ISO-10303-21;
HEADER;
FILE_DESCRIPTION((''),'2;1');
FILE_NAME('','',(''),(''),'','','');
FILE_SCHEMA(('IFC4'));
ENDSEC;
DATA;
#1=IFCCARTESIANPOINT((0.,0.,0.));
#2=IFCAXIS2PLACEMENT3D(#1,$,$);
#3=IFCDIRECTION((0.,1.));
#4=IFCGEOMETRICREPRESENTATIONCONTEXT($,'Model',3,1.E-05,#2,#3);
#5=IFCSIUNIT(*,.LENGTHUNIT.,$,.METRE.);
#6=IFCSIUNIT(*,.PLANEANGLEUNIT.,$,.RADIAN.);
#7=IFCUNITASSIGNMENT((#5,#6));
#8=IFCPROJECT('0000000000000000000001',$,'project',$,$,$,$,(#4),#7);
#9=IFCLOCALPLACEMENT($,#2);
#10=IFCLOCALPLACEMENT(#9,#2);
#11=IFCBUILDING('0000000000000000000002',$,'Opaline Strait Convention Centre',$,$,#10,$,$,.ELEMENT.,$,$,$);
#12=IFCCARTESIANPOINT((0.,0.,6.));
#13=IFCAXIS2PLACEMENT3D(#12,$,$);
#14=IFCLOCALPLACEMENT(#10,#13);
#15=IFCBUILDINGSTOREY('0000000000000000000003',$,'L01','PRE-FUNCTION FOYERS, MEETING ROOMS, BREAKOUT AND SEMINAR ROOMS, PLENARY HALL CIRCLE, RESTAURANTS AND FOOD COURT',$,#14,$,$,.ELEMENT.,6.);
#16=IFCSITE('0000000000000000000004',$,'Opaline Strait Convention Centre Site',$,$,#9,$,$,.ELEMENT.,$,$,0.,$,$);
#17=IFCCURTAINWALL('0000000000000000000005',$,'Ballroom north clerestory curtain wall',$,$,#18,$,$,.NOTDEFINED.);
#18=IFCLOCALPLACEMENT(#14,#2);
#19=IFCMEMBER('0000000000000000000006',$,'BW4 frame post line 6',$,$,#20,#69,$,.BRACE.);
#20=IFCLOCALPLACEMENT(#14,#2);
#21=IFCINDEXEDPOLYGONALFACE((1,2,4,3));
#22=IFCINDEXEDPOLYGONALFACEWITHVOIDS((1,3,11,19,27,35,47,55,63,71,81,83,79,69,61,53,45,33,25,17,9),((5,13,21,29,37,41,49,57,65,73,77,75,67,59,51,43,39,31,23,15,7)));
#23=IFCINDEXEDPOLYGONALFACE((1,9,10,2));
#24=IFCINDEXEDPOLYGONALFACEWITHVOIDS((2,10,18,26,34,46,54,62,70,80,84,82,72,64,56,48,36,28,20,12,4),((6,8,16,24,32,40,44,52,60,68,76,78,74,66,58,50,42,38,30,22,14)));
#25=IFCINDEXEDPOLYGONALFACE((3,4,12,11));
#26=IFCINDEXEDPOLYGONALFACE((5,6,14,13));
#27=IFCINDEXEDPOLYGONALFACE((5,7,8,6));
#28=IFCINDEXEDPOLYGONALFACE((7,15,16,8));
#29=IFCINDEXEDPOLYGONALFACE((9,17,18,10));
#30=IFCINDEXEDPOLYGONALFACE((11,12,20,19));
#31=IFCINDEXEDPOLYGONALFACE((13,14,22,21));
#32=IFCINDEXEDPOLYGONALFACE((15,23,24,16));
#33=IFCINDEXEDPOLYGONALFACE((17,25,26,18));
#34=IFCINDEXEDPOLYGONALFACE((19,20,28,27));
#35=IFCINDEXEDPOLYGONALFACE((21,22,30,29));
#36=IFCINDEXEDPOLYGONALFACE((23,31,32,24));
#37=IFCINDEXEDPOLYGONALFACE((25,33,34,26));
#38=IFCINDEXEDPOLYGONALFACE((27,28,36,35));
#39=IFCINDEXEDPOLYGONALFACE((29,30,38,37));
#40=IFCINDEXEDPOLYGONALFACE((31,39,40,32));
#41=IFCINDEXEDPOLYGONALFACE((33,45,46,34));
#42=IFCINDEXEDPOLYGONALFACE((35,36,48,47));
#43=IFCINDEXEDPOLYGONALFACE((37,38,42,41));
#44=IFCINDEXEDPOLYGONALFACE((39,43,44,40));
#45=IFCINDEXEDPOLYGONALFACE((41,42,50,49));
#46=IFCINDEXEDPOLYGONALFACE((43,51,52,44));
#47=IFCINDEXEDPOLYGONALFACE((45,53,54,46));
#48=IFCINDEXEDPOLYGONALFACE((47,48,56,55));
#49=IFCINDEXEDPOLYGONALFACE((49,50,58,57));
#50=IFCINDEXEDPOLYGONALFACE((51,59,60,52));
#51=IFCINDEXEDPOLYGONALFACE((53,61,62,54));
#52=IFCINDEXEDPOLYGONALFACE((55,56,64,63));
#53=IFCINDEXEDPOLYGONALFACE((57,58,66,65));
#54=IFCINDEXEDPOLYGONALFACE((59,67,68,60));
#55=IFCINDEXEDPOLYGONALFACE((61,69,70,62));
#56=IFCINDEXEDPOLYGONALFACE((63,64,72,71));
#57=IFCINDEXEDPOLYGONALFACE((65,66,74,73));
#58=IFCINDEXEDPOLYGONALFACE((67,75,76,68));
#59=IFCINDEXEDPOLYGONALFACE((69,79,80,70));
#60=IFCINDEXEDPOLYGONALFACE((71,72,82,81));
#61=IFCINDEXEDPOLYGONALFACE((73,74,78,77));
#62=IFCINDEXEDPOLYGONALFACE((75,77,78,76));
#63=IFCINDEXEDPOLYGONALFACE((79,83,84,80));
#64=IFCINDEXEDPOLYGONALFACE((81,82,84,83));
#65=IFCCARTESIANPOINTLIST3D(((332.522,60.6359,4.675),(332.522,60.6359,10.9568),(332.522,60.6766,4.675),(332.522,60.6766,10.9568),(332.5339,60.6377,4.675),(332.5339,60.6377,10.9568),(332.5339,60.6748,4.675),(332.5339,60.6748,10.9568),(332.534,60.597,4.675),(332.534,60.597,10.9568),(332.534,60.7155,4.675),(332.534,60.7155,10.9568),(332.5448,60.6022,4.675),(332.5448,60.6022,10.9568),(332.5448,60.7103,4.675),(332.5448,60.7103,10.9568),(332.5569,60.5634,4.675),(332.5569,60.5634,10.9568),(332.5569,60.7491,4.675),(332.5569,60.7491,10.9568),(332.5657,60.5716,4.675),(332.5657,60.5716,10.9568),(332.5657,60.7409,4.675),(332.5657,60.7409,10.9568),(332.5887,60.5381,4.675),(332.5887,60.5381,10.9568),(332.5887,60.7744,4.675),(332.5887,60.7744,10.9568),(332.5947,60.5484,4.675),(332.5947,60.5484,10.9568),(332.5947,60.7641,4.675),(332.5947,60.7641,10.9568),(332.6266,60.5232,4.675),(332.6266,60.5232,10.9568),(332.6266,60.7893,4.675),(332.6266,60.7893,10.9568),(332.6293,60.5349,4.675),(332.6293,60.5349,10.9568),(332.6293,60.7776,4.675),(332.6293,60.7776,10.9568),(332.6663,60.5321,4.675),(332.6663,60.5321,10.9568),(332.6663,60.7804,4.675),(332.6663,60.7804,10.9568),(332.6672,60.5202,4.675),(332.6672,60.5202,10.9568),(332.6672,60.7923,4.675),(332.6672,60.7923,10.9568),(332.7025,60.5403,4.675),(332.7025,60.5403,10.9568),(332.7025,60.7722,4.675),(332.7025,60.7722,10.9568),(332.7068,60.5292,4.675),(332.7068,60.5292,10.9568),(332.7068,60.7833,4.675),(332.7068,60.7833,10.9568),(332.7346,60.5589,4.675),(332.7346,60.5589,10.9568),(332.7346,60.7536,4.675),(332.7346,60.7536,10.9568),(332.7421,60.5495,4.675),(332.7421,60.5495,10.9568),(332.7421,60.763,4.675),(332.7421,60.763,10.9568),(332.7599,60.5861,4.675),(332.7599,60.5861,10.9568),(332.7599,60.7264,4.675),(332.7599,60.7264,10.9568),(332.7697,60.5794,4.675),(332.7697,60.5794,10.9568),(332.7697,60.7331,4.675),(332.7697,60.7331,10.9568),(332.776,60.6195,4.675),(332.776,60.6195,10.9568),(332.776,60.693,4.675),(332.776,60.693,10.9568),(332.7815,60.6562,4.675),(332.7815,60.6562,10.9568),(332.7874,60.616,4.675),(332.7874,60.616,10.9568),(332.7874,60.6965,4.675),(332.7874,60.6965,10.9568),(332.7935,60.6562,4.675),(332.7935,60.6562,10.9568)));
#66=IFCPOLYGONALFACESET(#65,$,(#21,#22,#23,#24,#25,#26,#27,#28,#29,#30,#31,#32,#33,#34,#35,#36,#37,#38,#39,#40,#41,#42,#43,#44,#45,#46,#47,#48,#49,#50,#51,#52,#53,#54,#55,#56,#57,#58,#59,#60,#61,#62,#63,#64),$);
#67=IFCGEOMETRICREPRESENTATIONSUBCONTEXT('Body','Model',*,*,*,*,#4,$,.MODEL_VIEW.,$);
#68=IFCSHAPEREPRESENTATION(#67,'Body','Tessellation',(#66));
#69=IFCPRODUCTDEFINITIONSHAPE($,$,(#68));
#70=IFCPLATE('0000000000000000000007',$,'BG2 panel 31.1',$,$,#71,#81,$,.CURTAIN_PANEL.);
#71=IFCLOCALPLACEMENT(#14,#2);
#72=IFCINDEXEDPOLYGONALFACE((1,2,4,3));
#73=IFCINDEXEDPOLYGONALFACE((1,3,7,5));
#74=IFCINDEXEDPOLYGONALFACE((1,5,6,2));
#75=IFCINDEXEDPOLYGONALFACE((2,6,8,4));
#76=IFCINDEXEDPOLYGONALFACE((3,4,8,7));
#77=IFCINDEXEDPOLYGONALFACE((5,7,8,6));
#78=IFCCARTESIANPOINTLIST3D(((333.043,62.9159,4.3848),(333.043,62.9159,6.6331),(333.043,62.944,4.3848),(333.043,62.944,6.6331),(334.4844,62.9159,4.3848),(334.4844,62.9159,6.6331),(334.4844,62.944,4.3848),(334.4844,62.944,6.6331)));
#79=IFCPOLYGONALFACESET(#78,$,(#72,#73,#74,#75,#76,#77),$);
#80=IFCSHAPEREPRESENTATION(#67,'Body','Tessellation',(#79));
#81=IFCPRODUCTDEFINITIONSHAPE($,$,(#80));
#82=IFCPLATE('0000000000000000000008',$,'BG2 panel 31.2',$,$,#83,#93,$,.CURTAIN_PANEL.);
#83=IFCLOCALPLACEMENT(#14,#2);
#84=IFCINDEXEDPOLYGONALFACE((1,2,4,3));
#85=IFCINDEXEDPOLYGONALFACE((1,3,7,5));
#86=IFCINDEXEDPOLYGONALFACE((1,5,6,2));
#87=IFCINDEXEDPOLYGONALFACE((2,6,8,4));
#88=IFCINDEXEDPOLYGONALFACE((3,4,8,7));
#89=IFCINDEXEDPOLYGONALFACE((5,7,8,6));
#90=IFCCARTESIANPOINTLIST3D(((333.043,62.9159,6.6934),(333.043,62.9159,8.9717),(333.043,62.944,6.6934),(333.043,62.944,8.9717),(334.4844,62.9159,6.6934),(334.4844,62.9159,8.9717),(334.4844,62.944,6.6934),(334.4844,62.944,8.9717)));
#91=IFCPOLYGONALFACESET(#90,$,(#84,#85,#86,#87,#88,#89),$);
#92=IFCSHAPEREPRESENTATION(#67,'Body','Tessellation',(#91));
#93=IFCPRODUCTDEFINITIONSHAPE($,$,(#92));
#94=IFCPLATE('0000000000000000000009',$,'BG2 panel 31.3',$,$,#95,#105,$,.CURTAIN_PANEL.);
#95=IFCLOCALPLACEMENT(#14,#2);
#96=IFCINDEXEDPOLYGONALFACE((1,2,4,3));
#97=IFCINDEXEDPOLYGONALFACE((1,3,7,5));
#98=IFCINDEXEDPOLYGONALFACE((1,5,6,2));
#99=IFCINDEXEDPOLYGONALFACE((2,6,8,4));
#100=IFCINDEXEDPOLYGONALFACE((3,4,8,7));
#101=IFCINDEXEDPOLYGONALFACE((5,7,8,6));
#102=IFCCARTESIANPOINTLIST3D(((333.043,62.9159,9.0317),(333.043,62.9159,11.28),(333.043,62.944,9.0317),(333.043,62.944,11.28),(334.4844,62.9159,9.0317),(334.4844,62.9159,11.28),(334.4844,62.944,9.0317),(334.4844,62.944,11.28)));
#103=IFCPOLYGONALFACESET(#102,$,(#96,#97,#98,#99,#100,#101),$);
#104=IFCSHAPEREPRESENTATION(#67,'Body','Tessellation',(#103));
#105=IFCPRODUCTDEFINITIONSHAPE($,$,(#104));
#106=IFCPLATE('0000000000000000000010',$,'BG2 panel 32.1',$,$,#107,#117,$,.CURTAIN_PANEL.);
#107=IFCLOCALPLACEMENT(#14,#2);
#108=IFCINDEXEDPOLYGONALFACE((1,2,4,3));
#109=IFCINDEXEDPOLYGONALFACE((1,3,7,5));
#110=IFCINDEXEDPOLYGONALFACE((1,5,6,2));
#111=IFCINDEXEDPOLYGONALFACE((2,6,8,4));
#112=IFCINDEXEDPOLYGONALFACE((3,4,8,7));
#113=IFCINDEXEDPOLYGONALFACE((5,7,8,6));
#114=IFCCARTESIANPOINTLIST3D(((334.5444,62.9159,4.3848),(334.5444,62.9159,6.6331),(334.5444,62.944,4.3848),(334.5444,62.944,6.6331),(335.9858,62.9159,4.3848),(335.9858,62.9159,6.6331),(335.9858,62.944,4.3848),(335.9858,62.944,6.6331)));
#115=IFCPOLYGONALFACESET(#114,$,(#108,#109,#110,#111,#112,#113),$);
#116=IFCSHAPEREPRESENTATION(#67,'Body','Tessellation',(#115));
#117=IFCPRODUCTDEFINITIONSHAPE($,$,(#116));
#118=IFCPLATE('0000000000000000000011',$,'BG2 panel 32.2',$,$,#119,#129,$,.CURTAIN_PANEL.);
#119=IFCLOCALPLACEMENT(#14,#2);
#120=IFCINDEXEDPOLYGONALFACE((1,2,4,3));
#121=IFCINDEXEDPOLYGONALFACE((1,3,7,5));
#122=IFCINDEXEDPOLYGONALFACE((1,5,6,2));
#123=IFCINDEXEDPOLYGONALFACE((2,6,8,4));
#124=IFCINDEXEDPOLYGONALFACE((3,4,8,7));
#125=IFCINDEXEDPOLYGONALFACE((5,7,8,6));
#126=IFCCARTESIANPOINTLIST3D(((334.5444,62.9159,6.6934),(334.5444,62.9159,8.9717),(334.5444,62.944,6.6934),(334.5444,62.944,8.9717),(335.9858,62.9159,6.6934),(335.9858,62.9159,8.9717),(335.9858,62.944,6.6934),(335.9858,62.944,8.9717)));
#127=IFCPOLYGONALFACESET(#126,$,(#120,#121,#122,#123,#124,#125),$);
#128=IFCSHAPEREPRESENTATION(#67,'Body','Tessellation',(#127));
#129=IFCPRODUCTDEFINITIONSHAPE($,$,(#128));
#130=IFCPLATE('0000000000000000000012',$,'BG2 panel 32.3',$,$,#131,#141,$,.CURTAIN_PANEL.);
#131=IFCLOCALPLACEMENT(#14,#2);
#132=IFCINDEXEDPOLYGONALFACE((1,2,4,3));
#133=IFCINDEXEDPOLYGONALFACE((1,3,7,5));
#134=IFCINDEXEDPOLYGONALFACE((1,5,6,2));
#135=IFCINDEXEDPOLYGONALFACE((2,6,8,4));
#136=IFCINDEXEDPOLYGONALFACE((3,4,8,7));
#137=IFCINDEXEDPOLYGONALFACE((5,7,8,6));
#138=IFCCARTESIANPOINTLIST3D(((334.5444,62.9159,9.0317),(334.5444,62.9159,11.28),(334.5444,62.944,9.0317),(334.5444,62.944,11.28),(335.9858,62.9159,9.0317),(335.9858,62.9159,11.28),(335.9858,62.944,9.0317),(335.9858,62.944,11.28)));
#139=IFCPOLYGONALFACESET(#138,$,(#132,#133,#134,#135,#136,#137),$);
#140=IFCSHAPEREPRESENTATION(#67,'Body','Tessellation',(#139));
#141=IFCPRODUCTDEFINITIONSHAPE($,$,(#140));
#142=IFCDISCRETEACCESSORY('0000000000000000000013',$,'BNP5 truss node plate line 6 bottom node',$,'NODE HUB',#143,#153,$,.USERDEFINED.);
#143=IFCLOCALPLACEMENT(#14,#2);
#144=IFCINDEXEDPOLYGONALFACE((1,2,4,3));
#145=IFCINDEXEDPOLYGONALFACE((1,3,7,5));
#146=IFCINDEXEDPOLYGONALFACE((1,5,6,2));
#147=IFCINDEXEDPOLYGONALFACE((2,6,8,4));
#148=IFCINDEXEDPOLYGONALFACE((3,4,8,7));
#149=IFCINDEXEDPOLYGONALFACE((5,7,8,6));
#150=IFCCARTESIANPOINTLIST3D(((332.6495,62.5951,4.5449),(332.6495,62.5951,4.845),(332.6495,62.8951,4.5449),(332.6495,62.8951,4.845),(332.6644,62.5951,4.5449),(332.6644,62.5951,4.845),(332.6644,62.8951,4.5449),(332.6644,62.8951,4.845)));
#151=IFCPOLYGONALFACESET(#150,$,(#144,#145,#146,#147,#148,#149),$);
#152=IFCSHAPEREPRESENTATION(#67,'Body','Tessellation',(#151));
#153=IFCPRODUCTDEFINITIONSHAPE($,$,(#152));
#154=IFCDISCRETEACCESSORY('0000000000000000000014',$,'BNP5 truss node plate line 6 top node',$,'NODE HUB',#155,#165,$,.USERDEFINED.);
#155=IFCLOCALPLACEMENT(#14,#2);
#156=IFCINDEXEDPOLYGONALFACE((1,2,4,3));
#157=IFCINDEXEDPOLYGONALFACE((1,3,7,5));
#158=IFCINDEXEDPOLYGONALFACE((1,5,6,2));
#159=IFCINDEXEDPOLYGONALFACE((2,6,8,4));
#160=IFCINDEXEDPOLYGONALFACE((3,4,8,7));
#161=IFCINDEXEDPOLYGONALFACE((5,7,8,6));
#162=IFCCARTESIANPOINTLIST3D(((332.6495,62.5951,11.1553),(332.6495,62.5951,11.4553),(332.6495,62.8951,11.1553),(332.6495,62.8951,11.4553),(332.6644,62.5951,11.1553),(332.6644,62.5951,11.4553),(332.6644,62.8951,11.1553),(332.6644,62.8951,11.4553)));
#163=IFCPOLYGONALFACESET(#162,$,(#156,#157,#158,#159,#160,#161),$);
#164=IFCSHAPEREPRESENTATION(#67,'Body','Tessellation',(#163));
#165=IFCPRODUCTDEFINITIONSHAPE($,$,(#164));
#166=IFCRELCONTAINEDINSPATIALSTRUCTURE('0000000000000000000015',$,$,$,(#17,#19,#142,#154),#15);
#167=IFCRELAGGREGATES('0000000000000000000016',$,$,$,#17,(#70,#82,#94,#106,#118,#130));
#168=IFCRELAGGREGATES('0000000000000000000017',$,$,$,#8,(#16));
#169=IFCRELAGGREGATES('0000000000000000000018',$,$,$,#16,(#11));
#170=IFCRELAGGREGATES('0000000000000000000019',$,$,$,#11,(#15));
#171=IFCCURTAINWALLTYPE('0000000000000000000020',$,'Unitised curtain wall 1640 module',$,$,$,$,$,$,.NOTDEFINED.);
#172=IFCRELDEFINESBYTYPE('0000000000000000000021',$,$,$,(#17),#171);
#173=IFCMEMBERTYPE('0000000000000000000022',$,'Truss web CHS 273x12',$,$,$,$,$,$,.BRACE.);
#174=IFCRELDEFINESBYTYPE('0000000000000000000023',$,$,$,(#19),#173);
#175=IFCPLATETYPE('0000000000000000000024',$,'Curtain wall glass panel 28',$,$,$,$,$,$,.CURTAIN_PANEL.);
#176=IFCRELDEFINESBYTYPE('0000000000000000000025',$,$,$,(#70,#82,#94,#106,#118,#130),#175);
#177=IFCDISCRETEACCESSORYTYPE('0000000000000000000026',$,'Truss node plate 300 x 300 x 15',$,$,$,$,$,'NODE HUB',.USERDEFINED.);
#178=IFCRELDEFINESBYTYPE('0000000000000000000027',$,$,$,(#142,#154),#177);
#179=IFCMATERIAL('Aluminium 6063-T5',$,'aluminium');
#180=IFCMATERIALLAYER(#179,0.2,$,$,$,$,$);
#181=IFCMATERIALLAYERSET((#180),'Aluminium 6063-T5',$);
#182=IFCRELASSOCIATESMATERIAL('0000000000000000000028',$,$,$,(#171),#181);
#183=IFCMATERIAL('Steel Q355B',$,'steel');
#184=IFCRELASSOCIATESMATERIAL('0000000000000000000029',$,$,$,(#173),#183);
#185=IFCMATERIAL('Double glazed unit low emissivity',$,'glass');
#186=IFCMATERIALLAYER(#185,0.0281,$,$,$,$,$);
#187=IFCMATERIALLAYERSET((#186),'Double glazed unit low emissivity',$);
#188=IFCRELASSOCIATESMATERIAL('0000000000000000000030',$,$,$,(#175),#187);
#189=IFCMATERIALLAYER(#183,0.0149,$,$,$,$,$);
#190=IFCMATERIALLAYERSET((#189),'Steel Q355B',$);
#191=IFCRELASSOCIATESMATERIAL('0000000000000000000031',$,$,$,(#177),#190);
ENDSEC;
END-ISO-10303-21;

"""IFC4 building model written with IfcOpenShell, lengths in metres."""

from ifc_helpers import new_model, si_unit, direction, frame, origin, origin_2d, place, context, subcontext, project, spatial, rectangle, hollow_circle, extrude, material, layer, layer_set, material_profile, profile_set, type_object, element, aggregate, save


model = new_model("IFC4")

# Units and contexts
model_context = context("Model", 3, precision=1e-05, world=origin(), true_north=direction((0.0, 1.0)))
body_context = subcontext(model_context, "Body", "Model", "MODEL_VIEW")
ifc_project = project(units=[si_unit("LENGTHUNIT", "METRE"), si_unit("PLANEANGLEUNIT", "RADIAN")], contexts=[model_context])

# Site, building, storey
site_placement = place(None, origin())
site = spatial("IfcSite", under=ifc_project, at=site_placement, Name="Opaline Strait Convention Centre Site", CompositionType="ELEMENT", RefElevation=0.0)
building_placement = place(site_placement, origin())
building = spatial("IfcBuilding", under=site, at=building_placement, Name="Opaline Strait Convention Centre", CompositionType="ELEMENT")
storey_placement = place(building_placement, frame((0.0, 0.0, 6.0)))
storey = spatial("IfcBuildingStorey", under=building, at=storey_placement, Name="L01", Description="PRE-FUNCTION FOYERS, MEETING ROOMS, BREAKOUT AND SEMINAR ROOMS, PLENARY HALL CIRCLE, RESTAURANTS AND FOOD COURT", CompositionType="ELEMENT", Elevation=6.0)

# Curtain wall
ifc_material_1 = material(Name="Aluminium 6063-T5", Category="aluminium")
ifc_layer_1 = layer(ifc_material_1, 0.2)
ifc_layer_set_1 = layer_set([ifc_layer_1], Name="Aluminium 6063-T5")
curtain_wall_type = type_object("IfcCurtainWallType", Name="Unitised curtain wall 1640 module", PredefinedType="NOTDEFINED", material=ifc_layer_set_1)
curtain_wall_placement = place(storey_placement, origin())
curtain_wall = element("IfcCurtainWall", 1, at=curtain_wall_placement, inside=storey, type_object=curtain_wall_type, Name="Ballroom north clerestory curtain wall", PredefinedType="NOTDEFINED")

# Member
ifc_material_2 = material(Name="Steel Q355B", Category="steel")
ifc_material_profile_1 = material_profile(ifc_material_2, hollow_circle(Radius=0.1365, WallThickness=0.012, at=origin_2d()), Name="CHS 273x12")
ifc_profile_set_1 = profile_set([ifc_material_profile_1], Name="Steel Q355B")
member_type_1 = type_object("IfcMemberType", Name="Truss web CHS 273x12", PredefinedType="BRACE", material=ifc_profile_set_1)
member_1_placement = place(storey_placement, frame((332.657, 60.6562, 4.675), z_axis=(0.0, 0.0, 1.0), x_axis=(1.0, 0.0, 0.0)))
element("IfcMember", 2, at=member_1_placement, inside=storey, type_object=member_type_1, Name="BW4 frame post line 6", PredefinedType="BRACE", context=body_context, shape_type="SweptSolid", body=[
    extrude(hollow_circle(Radius=0.1365, WallThickness=0.012, at=origin_2d()), origin(), (0.0, 0.0, 1.0), 6.2817),
])

# Plates
ifc_material_3 = material(Name="Double glazed unit low emissivity", Category="glass")
ifc_layer_2 = layer(ifc_material_3, 0.0281)
ifc_layer_set_2 = layer_set([ifc_layer_2], Name="Double glazed unit low emissivity")
plate_type = type_object("IfcPlateType", Name="Curtain wall glass panel 28", PredefinedType="CURTAIN_PANEL", material=ifc_layer_set_2)
plate_1_placement = place(storey_placement, frame((333.7637, 62.9299, 4.3848), z_axis=(0.0, 0.0, 1.0), x_axis=(1.0, 0.0, 0.0)))
plate_1 = element("IfcPlate", 3, at=plate_1_placement, type_object=plate_type, Name="BG2 panel 31.1", PredefinedType="CURTAIN_PANEL", context=body_context, shape_type="SweptSolid", body=[
    extrude(rectangle(XDim=1.4414, YDim=0.0281, at=origin_2d()), origin(), (0.0, 0.0, 1.0), 2.2483),
])
plate_2_placement = place(storey_placement, frame((333.7637, 62.9299, 6.6934), z_axis=(0.0, 0.0, 1.0), x_axis=(1.0, 0.0, 0.0)))
plate_2 = element("IfcPlate", 4, at=plate_2_placement, type_object=plate_type, Name="BG2 panel 31.2", PredefinedType="CURTAIN_PANEL", context=body_context, shape_type="SweptSolid", body=[
    extrude(rectangle(XDim=1.4414, YDim=0.0281, at=origin_2d()), origin(), (0.0, 0.0, 1.0), 2.2783),
])
plate_3_placement = place(storey_placement, frame((333.7637, 62.9299, 9.0317), z_axis=(0.0, 0.0, 1.0), x_axis=(1.0, 0.0, 0.0)))
plate_3 = element("IfcPlate", 5, at=plate_3_placement, type_object=plate_type, Name="BG2 panel 31.3", PredefinedType="CURTAIN_PANEL", context=body_context, shape_type="SweptSolid", body=[
    extrude(rectangle(XDim=1.4414, YDim=0.0281, at=origin_2d()), origin(), (0.0, 0.0, 1.0), 2.2483),
])
plate_4_placement = place(storey_placement, frame((335.2651, 62.9299, 4.3848), z_axis=(0.0, 0.0, 1.0), x_axis=(1.0, 0.0, 0.0)))
plate_4 = element("IfcPlate", 6, at=plate_4_placement, type_object=plate_type, Name="BG2 panel 32.1", PredefinedType="CURTAIN_PANEL", context=body_context, shape_type="SweptSolid", body=[
    extrude(rectangle(XDim=1.4414, YDim=0.0281, at=origin_2d()), origin(), (0.0, 0.0, 1.0), 2.2483),
])
plate_5_placement = place(storey_placement, frame((335.2651, 62.9299, 6.6934), z_axis=(0.0, 0.0, 1.0), x_axis=(1.0, 0.0, 0.0)))
plate_5 = element("IfcPlate", 7, at=plate_5_placement, type_object=plate_type, Name="BG2 panel 32.2", PredefinedType="CURTAIN_PANEL", context=body_context, shape_type="SweptSolid", body=[
    extrude(rectangle(XDim=1.4414, YDim=0.0281, at=origin_2d()), origin(), (0.0, 0.0, 1.0), 2.2783),
])
plate_6_placement = place(storey_placement, frame((335.2651, 62.9299, 9.0317), z_axis=(0.0, 0.0, 1.0), x_axis=(1.0, 0.0, 0.0)))
plate_6 = element("IfcPlate", 8, at=plate_6_placement, type_object=plate_type, Name="BG2 panel 32.3", PredefinedType="CURTAIN_PANEL", context=body_context, shape_type="SweptSolid", body=[
    extrude(rectangle(XDim=1.4414, YDim=0.0281, at=origin_2d()), origin(), (0.0, 0.0, 1.0), 2.2483),
])
aggregate(curtain_wall, [plate_1, plate_2, plate_3, plate_4, plate_5, plate_6])

# Discrete accessories
ifc_layer_3 = layer(ifc_material_2, 0.0149)
ifc_layer_set_3 = layer_set([ifc_layer_3], Name="Steel Q355B")
discrete_accessory_type = type_object("IfcDiscreteAccessoryType", Name="Truss node plate 300 x 300 x 15", ElementType="NODE HUB", PredefinedType="USERDEFINED", material=ifc_layer_set_3)
for number, where, z_axis, x_axis, name in (
    (9, (332.657, 62.7451, 4.5449), (0.0, 0.0, 1.0), (1.0, 0.0, 0.0), "BNP5 truss node plate line 6 bottom node"),
    (10, (332.657, 62.7451, 11.1553), (0.0, 0.0, 1.0), (1.0, 0.0, 0.0), "BNP5 truss node plate line 6 top node"),
):
    element("IfcDiscreteAccessory", number, at=place(storey_placement, frame(where, z_axis=z_axis, x_axis=x_axis)), inside=storey, type_object=discrete_accessory_type, Name=name, ObjectType="NODE HUB", PredefinedType="USERDEFINED", context=body_context, shape_type="SweptSolid", body=[
        extrude(rectangle(XDim=0.0149, YDim=0.3, at=origin_2d()), origin(), (0.0, 0.0, 1.0), 0.3),
    ])

save(model, "model.ifc")
